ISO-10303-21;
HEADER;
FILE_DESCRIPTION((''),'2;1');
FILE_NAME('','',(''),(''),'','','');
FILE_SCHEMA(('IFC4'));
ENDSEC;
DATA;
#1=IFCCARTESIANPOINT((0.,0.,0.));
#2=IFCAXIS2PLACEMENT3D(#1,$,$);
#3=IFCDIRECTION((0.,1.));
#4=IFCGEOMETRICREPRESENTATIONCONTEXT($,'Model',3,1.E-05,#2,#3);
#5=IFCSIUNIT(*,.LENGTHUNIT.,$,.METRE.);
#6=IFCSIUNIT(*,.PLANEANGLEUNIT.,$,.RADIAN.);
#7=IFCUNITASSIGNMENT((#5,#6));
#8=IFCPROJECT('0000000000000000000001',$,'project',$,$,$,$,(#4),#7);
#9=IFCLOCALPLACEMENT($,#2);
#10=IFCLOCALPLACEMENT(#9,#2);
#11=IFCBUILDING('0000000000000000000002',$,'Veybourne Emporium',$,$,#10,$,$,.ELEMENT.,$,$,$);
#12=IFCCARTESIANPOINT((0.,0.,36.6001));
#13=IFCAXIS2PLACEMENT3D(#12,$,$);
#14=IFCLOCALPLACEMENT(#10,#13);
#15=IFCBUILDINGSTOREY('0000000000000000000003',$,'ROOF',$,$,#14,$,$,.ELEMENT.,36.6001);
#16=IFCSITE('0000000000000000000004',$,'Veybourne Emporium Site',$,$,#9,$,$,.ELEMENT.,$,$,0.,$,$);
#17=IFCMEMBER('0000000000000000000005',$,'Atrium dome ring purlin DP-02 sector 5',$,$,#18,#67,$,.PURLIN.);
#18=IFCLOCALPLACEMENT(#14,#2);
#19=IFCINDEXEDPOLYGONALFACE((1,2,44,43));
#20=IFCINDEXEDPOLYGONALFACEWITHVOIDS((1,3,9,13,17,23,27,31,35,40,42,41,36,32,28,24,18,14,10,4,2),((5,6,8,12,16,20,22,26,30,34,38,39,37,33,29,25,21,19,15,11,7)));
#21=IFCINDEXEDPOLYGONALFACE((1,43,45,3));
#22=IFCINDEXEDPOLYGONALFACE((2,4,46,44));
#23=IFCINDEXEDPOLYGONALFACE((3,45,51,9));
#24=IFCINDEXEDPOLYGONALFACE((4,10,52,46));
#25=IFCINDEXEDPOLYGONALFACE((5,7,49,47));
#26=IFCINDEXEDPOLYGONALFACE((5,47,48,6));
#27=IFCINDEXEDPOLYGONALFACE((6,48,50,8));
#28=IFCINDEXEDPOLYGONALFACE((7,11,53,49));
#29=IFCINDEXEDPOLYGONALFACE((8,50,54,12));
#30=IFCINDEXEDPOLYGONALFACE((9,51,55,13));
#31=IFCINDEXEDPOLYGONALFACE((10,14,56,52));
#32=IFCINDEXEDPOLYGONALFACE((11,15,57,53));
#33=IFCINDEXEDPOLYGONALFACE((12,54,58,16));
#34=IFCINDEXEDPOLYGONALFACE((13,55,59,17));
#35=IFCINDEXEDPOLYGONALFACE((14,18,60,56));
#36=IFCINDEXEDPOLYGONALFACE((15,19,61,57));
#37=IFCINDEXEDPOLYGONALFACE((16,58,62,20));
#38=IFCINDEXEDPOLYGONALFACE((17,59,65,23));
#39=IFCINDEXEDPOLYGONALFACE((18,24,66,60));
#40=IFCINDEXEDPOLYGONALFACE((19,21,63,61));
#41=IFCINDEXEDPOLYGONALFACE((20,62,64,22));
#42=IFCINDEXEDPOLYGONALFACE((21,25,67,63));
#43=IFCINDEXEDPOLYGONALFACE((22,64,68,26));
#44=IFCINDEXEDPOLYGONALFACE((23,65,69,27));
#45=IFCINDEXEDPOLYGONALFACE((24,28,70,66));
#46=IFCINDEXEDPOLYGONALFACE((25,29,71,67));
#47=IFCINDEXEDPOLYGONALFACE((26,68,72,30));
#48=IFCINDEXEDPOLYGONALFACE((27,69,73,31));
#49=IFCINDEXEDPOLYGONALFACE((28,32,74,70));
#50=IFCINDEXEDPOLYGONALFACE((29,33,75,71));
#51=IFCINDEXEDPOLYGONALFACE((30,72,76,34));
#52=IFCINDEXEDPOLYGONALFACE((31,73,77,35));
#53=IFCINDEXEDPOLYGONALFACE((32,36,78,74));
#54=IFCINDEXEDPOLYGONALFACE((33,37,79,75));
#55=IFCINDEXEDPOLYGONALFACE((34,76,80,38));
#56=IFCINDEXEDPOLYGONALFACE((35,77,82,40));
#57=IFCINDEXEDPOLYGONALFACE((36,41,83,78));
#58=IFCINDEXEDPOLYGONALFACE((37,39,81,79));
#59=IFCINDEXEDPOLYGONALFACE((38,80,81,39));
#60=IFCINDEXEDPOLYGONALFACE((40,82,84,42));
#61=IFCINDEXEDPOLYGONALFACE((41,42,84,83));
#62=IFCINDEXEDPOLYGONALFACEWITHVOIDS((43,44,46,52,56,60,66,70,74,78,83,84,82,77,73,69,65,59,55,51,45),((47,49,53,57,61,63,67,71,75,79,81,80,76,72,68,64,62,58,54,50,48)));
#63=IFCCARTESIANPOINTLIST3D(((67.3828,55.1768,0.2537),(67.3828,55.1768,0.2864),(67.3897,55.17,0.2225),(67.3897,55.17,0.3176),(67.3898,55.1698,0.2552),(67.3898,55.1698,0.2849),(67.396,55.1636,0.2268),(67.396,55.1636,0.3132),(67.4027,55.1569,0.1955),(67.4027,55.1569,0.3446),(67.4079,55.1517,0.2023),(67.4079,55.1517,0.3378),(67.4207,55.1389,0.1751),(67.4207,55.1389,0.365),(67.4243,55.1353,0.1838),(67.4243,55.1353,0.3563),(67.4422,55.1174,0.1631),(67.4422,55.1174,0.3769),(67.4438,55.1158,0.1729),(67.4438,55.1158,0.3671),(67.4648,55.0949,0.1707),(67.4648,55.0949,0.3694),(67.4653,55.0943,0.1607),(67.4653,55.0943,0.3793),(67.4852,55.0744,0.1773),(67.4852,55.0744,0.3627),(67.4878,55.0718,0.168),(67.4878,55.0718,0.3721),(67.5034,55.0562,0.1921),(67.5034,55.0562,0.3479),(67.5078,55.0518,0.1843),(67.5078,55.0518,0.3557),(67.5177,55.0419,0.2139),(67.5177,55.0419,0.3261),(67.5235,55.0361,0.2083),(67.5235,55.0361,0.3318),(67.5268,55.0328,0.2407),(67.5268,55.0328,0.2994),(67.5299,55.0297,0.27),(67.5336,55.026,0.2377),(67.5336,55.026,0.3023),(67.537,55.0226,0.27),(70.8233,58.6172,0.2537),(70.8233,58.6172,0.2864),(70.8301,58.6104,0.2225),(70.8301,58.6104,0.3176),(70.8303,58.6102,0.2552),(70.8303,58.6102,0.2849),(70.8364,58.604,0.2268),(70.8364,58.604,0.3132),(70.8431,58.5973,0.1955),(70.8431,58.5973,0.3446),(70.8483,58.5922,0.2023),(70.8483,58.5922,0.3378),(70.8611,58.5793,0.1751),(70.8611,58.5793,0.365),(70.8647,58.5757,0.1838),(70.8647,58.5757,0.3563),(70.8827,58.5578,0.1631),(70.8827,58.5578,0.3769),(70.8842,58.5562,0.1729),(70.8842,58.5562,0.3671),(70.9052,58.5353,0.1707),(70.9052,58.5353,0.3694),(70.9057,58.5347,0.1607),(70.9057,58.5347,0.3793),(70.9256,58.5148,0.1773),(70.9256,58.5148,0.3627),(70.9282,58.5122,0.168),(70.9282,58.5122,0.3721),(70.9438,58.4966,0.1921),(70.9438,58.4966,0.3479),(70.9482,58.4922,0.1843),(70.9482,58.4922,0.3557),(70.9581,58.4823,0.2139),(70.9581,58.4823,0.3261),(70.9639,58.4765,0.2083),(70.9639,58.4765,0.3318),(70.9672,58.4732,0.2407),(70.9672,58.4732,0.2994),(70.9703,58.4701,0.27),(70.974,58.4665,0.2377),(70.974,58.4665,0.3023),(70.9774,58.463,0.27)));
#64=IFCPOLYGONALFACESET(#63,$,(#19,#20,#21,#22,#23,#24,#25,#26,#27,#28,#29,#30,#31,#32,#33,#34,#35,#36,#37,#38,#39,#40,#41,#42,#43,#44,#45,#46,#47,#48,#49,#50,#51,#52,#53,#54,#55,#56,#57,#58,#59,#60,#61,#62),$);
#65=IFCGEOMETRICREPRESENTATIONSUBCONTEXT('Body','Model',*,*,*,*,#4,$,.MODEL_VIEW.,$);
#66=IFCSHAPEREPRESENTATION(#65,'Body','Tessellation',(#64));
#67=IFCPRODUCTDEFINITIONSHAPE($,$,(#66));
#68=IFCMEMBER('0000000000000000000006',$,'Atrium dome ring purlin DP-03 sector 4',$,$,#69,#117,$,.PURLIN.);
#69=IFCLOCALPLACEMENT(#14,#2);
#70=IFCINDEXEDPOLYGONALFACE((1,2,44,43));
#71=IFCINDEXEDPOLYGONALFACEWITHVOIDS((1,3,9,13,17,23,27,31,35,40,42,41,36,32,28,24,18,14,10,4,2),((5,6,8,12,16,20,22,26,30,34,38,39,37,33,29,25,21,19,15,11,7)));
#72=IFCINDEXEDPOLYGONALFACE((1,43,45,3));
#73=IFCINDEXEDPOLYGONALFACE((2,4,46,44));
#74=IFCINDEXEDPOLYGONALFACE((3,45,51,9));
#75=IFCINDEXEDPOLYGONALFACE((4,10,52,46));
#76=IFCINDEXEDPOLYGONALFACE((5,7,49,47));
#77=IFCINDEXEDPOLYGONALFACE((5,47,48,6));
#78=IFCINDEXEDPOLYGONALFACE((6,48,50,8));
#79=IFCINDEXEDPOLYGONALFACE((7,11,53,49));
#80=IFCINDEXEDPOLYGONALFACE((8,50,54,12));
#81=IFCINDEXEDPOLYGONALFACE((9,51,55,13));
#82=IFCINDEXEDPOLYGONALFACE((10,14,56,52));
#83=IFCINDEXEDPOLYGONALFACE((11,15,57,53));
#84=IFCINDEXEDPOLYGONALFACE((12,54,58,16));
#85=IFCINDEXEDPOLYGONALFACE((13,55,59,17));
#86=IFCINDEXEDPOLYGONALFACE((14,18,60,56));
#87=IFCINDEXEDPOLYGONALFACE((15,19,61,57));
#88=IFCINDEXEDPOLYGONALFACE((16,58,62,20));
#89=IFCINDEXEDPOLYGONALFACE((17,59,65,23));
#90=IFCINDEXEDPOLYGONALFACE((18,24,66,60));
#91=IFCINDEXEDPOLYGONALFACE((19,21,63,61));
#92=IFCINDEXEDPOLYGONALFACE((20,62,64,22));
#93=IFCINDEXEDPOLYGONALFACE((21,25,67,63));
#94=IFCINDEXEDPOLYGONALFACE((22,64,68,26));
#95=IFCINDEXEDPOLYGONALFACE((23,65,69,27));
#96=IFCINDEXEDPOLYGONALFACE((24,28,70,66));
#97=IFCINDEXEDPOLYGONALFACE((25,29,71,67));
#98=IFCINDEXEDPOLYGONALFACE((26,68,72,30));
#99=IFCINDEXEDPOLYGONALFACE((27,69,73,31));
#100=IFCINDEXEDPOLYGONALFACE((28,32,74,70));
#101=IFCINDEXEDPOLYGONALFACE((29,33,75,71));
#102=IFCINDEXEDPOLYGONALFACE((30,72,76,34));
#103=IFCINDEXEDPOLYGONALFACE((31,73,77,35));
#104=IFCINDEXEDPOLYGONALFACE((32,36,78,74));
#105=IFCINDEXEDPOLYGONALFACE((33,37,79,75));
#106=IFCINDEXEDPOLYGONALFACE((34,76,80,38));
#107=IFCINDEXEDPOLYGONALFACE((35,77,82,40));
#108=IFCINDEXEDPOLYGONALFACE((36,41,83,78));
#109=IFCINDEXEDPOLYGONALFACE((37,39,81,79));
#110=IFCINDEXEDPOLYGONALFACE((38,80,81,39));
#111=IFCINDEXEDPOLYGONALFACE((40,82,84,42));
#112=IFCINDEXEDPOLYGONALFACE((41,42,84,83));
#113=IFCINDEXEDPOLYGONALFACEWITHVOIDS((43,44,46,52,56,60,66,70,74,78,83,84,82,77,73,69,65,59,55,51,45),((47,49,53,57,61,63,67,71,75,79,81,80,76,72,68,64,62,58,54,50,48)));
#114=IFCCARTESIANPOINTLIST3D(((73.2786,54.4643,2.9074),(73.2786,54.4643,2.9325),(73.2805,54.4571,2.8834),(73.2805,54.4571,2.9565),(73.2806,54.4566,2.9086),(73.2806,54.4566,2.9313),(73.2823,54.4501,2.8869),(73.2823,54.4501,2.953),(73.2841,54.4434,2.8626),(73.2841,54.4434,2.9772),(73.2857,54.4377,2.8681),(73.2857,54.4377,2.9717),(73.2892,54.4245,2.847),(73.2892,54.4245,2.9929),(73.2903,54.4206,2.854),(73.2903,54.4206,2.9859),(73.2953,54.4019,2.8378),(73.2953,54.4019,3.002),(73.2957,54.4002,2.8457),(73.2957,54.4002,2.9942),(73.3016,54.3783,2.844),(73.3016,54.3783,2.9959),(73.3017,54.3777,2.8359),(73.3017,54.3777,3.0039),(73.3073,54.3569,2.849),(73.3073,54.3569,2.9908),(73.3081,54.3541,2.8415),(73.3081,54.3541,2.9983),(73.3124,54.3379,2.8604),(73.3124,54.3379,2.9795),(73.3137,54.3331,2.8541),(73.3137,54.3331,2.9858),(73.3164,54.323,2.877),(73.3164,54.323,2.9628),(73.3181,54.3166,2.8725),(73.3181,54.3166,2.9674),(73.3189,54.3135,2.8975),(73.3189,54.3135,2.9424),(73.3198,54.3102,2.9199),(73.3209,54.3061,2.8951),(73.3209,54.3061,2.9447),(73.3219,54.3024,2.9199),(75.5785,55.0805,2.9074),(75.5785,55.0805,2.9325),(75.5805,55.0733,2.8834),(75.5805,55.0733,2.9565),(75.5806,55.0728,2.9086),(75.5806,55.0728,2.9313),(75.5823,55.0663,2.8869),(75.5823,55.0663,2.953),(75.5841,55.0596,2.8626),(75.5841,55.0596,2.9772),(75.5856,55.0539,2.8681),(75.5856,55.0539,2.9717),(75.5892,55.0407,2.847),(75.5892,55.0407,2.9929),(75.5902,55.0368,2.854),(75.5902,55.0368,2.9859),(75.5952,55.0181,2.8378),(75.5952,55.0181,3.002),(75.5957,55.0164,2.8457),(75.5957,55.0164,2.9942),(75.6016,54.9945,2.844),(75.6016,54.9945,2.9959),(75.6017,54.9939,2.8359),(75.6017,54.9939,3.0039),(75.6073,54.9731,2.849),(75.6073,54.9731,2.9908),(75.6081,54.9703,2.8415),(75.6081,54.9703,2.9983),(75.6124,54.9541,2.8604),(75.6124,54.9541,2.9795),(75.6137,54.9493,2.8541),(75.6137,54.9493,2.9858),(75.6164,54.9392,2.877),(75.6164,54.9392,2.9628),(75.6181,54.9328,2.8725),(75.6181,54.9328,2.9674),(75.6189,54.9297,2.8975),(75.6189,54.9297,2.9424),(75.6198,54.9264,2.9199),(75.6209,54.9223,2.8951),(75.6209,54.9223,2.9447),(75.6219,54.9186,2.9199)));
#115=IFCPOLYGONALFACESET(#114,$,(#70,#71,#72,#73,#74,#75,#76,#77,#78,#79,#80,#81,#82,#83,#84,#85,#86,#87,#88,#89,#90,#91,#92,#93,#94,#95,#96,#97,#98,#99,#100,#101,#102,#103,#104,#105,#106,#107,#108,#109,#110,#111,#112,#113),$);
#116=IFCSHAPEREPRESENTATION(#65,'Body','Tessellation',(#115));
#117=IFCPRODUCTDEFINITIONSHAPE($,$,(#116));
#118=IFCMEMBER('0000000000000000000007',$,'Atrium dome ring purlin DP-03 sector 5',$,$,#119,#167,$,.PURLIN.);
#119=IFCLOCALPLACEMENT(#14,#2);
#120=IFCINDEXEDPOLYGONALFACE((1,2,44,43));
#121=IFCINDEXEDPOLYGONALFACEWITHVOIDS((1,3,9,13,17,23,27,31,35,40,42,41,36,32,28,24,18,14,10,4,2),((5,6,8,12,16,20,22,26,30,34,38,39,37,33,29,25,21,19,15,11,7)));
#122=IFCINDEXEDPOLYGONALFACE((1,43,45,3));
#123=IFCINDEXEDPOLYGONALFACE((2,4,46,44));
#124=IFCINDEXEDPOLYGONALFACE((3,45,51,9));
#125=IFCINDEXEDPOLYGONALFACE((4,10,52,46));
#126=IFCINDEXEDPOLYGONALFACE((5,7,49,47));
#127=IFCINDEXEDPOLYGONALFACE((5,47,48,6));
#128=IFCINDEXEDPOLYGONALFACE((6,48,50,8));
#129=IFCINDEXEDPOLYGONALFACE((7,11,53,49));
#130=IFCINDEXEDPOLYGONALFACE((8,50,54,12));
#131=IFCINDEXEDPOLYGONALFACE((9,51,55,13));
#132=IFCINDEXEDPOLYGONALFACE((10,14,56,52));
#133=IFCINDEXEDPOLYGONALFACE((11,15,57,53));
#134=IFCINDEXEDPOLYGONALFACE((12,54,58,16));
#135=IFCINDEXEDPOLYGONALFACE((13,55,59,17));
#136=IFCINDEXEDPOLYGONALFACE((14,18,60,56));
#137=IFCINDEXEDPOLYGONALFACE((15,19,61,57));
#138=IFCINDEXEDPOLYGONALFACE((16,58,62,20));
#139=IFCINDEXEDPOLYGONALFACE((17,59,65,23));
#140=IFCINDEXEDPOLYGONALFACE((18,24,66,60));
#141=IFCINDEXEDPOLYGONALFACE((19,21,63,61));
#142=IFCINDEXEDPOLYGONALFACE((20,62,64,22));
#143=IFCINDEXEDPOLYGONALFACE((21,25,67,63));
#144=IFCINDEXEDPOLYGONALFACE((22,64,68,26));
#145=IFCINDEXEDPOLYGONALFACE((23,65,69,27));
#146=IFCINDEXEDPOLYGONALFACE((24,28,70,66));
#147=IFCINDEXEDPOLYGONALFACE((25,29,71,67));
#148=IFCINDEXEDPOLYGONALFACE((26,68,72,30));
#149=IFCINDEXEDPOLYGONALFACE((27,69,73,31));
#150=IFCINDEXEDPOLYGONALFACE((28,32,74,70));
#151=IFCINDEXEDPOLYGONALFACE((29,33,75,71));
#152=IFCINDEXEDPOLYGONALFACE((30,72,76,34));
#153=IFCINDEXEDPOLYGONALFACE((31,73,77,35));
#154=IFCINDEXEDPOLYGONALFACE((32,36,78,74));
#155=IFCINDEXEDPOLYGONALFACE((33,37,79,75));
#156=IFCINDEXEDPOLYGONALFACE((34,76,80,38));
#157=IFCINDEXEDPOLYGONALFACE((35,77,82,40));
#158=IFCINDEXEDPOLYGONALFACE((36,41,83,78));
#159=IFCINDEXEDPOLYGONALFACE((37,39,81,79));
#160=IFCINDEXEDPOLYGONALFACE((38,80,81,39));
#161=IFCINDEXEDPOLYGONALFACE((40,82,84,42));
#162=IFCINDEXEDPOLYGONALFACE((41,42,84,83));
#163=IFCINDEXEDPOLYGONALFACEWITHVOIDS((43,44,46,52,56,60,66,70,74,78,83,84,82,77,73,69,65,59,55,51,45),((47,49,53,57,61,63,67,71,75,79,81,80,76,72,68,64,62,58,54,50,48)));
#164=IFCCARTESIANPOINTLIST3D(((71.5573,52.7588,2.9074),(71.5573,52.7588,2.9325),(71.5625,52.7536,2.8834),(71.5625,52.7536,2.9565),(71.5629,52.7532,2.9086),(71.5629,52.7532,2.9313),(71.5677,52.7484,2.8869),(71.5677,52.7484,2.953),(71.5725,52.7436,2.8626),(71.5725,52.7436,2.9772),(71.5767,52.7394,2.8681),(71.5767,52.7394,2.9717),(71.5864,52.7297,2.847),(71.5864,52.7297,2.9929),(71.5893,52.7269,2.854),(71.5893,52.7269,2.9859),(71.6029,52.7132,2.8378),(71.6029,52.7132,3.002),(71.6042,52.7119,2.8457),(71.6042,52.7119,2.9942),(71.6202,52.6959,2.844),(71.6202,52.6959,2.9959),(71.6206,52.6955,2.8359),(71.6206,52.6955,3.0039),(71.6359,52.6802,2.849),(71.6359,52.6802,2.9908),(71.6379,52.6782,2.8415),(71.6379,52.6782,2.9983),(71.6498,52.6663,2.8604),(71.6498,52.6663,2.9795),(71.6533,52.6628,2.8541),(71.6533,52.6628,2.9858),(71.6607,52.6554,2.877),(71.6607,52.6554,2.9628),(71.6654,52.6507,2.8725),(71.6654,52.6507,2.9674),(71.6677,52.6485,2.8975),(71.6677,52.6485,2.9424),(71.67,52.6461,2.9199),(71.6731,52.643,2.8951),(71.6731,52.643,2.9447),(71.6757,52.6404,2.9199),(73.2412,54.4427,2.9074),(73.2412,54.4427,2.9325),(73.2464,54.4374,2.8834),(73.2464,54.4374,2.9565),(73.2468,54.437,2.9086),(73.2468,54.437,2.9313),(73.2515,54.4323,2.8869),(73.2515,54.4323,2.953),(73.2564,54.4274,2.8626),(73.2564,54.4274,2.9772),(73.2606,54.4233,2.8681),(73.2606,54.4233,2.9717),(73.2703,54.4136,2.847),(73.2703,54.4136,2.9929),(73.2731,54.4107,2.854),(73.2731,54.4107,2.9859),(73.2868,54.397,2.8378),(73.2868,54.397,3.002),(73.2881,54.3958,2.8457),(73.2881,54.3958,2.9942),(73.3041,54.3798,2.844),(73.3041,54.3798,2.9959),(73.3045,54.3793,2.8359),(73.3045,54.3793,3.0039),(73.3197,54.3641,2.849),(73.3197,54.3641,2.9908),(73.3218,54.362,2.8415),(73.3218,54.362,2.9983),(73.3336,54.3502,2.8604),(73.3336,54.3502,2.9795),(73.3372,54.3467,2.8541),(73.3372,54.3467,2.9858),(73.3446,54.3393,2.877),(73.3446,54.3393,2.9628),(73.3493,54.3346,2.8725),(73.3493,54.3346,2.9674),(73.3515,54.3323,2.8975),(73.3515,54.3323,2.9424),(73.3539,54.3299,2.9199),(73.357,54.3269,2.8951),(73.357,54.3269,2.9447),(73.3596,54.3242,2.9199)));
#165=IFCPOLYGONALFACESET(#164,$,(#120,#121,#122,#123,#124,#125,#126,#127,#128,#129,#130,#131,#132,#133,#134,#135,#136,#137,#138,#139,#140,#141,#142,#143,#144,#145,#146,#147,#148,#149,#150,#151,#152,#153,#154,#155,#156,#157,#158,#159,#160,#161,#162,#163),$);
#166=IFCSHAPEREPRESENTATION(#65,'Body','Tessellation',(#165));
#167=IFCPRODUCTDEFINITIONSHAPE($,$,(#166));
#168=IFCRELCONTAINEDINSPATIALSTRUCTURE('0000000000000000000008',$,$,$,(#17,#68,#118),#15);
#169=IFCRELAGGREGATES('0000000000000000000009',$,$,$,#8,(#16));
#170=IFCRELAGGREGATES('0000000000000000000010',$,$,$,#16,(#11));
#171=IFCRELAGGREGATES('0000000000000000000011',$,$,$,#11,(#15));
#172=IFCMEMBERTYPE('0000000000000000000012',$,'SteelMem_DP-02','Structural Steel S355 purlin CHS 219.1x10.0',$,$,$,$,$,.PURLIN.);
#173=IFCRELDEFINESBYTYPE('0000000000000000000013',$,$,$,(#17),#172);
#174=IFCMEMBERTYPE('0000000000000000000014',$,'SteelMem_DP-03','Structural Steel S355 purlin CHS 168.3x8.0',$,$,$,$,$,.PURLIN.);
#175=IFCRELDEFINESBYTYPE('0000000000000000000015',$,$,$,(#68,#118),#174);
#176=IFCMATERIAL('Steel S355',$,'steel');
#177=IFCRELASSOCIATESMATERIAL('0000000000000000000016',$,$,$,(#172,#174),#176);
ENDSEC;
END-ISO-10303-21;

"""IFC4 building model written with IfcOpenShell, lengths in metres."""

from ifc_helpers import new_model, si_unit, direction, frame, origin, origin_2d, place, context, subcontext, project, spatial, hollow_circle, extrude, material, material_profile, profile_set, type_object, element, save


model = new_model("IFC4")

# Units and contexts
model_context = context("Model", 3, precision=1e-05, world=origin(), true_north=direction((0.0, 1.0)))
body_context = subcontext(model_context, "Body", "Model", "MODEL_VIEW")
ifc_project = project(units=[si_unit("LENGTHUNIT", "METRE"), si_unit("PLANEANGLEUNIT", "RADIAN")], contexts=[model_context])

# Site, building, storey
site_placement = place(None, origin())
site = spatial("IfcSite", under=ifc_project, at=site_placement, Name="Veybourne Emporium Site", CompositionType="ELEMENT", RefElevation=0.0)
building_placement = place(site_placement, origin())
building = spatial("IfcBuilding", under=site, at=building_placement, Name="Veybourne Emporium", CompositionType="ELEMENT")
storey_placement = place(building_placement, frame((0.0, 0.0, 36.6001)))
storey = spatial("IfcBuildingStorey", under=building, at=storey_placement, Name="ROOF", CompositionType="ELEMENT", Elevation=36.6001)

# Shared definitions
ifc_material_1 = material(Name="Steel S355", Category="steel")

# Members
ifc_material_profile_1 = material_profile(ifc_material_1, hollow_circle(Radius=0.1096, WallThickness=0.01, at=origin_2d()), Name="CHS 219.1x10.0")
ifc_profile_set_1 = profile_set([ifc_material_profile_1], Name="Steel S355")
member_type_1 = type_object("IfcMemberType", Name="SteelMem_DP-02", Description="Structural Steel S355 purlin CHS 219.1x10.0", PredefinedType="PURLIN", material=ifc_profile_set_1)
member_1_placement = place(storey_placement, frame((70.8999, 58.5405, 0.27), z_axis=(-0.707107, -0.707107, 0.0), x_axis=(0.707107, -0.707107, 0.0)))
element("IfcMember", 1, at=member_1_placement, inside=storey, type_object=member_type_1, Name="Atrium dome ring purlin DP-02 sector 5", PredefinedType="PURLIN", context=body_context, shape_type="SweptSolid", body=[
    extrude(hollow_circle(Radius=0.1096, WallThickness=0.01, at=origin_2d()), origin(), (0.0, 0.0, 1.0), 4.8655),
])
ifc_material_profile_2 = material_profile(ifc_material_1, hollow_circle(Radius=0.0842, WallThickness=0.0081, at=origin_2d()), Name="CHS 168.3x8.0")
ifc_profile_set_2 = profile_set([ifc_material_profile_2], Name="Steel S355")
member_type_2 = type_object("IfcMemberType", Name="SteelMem_DP-03", Description="Structural Steel S355 purlin CHS 168.3x8.0", PredefinedType="PURLIN", material=ifc_profile_set_2)
member_2_placement = place(storey_placement, frame((75.6001, 55.0, 2.9199), z_axis=(-0.965935, -0.258786, 0.0), x_axis=(0.258786, -0.965935, 0.0)))
element("IfcMember", 2, at=member_2_placement, inside=storey, type_object=member_type_2, Name="Atrium dome ring purlin DP-03 sector 4", PredefinedType="PURLIN", context=body_context, shape_type="SweptSolid", body=[
    extrude(hollow_circle(Radius=0.0842, WallThickness=0.0081, at=origin_2d()), origin(), (0.0, 0.0, 1.0), 2.3811),
])
member_3_placement = place(storey_placement, frame((73.3, 54.3838, 2.9199), z_axis=(-0.707107, -0.707107, 0.0), x_axis=(0.707107, -0.707107, 0.0)))
element("IfcMember", 3, at=member_3_placement, inside=storey, type_object=member_type_2, Name="Atrium dome ring purlin DP-03 sector 5", PredefinedType="PURLIN", context=body_context, shape_type="SweptSolid", body=[
    extrude(hollow_circle(Radius=0.0842, WallThickness=0.0081, at=origin_2d()), origin(), (0.0, 0.0, 1.0), 2.3813),
])

save(model, "model.ifc")
